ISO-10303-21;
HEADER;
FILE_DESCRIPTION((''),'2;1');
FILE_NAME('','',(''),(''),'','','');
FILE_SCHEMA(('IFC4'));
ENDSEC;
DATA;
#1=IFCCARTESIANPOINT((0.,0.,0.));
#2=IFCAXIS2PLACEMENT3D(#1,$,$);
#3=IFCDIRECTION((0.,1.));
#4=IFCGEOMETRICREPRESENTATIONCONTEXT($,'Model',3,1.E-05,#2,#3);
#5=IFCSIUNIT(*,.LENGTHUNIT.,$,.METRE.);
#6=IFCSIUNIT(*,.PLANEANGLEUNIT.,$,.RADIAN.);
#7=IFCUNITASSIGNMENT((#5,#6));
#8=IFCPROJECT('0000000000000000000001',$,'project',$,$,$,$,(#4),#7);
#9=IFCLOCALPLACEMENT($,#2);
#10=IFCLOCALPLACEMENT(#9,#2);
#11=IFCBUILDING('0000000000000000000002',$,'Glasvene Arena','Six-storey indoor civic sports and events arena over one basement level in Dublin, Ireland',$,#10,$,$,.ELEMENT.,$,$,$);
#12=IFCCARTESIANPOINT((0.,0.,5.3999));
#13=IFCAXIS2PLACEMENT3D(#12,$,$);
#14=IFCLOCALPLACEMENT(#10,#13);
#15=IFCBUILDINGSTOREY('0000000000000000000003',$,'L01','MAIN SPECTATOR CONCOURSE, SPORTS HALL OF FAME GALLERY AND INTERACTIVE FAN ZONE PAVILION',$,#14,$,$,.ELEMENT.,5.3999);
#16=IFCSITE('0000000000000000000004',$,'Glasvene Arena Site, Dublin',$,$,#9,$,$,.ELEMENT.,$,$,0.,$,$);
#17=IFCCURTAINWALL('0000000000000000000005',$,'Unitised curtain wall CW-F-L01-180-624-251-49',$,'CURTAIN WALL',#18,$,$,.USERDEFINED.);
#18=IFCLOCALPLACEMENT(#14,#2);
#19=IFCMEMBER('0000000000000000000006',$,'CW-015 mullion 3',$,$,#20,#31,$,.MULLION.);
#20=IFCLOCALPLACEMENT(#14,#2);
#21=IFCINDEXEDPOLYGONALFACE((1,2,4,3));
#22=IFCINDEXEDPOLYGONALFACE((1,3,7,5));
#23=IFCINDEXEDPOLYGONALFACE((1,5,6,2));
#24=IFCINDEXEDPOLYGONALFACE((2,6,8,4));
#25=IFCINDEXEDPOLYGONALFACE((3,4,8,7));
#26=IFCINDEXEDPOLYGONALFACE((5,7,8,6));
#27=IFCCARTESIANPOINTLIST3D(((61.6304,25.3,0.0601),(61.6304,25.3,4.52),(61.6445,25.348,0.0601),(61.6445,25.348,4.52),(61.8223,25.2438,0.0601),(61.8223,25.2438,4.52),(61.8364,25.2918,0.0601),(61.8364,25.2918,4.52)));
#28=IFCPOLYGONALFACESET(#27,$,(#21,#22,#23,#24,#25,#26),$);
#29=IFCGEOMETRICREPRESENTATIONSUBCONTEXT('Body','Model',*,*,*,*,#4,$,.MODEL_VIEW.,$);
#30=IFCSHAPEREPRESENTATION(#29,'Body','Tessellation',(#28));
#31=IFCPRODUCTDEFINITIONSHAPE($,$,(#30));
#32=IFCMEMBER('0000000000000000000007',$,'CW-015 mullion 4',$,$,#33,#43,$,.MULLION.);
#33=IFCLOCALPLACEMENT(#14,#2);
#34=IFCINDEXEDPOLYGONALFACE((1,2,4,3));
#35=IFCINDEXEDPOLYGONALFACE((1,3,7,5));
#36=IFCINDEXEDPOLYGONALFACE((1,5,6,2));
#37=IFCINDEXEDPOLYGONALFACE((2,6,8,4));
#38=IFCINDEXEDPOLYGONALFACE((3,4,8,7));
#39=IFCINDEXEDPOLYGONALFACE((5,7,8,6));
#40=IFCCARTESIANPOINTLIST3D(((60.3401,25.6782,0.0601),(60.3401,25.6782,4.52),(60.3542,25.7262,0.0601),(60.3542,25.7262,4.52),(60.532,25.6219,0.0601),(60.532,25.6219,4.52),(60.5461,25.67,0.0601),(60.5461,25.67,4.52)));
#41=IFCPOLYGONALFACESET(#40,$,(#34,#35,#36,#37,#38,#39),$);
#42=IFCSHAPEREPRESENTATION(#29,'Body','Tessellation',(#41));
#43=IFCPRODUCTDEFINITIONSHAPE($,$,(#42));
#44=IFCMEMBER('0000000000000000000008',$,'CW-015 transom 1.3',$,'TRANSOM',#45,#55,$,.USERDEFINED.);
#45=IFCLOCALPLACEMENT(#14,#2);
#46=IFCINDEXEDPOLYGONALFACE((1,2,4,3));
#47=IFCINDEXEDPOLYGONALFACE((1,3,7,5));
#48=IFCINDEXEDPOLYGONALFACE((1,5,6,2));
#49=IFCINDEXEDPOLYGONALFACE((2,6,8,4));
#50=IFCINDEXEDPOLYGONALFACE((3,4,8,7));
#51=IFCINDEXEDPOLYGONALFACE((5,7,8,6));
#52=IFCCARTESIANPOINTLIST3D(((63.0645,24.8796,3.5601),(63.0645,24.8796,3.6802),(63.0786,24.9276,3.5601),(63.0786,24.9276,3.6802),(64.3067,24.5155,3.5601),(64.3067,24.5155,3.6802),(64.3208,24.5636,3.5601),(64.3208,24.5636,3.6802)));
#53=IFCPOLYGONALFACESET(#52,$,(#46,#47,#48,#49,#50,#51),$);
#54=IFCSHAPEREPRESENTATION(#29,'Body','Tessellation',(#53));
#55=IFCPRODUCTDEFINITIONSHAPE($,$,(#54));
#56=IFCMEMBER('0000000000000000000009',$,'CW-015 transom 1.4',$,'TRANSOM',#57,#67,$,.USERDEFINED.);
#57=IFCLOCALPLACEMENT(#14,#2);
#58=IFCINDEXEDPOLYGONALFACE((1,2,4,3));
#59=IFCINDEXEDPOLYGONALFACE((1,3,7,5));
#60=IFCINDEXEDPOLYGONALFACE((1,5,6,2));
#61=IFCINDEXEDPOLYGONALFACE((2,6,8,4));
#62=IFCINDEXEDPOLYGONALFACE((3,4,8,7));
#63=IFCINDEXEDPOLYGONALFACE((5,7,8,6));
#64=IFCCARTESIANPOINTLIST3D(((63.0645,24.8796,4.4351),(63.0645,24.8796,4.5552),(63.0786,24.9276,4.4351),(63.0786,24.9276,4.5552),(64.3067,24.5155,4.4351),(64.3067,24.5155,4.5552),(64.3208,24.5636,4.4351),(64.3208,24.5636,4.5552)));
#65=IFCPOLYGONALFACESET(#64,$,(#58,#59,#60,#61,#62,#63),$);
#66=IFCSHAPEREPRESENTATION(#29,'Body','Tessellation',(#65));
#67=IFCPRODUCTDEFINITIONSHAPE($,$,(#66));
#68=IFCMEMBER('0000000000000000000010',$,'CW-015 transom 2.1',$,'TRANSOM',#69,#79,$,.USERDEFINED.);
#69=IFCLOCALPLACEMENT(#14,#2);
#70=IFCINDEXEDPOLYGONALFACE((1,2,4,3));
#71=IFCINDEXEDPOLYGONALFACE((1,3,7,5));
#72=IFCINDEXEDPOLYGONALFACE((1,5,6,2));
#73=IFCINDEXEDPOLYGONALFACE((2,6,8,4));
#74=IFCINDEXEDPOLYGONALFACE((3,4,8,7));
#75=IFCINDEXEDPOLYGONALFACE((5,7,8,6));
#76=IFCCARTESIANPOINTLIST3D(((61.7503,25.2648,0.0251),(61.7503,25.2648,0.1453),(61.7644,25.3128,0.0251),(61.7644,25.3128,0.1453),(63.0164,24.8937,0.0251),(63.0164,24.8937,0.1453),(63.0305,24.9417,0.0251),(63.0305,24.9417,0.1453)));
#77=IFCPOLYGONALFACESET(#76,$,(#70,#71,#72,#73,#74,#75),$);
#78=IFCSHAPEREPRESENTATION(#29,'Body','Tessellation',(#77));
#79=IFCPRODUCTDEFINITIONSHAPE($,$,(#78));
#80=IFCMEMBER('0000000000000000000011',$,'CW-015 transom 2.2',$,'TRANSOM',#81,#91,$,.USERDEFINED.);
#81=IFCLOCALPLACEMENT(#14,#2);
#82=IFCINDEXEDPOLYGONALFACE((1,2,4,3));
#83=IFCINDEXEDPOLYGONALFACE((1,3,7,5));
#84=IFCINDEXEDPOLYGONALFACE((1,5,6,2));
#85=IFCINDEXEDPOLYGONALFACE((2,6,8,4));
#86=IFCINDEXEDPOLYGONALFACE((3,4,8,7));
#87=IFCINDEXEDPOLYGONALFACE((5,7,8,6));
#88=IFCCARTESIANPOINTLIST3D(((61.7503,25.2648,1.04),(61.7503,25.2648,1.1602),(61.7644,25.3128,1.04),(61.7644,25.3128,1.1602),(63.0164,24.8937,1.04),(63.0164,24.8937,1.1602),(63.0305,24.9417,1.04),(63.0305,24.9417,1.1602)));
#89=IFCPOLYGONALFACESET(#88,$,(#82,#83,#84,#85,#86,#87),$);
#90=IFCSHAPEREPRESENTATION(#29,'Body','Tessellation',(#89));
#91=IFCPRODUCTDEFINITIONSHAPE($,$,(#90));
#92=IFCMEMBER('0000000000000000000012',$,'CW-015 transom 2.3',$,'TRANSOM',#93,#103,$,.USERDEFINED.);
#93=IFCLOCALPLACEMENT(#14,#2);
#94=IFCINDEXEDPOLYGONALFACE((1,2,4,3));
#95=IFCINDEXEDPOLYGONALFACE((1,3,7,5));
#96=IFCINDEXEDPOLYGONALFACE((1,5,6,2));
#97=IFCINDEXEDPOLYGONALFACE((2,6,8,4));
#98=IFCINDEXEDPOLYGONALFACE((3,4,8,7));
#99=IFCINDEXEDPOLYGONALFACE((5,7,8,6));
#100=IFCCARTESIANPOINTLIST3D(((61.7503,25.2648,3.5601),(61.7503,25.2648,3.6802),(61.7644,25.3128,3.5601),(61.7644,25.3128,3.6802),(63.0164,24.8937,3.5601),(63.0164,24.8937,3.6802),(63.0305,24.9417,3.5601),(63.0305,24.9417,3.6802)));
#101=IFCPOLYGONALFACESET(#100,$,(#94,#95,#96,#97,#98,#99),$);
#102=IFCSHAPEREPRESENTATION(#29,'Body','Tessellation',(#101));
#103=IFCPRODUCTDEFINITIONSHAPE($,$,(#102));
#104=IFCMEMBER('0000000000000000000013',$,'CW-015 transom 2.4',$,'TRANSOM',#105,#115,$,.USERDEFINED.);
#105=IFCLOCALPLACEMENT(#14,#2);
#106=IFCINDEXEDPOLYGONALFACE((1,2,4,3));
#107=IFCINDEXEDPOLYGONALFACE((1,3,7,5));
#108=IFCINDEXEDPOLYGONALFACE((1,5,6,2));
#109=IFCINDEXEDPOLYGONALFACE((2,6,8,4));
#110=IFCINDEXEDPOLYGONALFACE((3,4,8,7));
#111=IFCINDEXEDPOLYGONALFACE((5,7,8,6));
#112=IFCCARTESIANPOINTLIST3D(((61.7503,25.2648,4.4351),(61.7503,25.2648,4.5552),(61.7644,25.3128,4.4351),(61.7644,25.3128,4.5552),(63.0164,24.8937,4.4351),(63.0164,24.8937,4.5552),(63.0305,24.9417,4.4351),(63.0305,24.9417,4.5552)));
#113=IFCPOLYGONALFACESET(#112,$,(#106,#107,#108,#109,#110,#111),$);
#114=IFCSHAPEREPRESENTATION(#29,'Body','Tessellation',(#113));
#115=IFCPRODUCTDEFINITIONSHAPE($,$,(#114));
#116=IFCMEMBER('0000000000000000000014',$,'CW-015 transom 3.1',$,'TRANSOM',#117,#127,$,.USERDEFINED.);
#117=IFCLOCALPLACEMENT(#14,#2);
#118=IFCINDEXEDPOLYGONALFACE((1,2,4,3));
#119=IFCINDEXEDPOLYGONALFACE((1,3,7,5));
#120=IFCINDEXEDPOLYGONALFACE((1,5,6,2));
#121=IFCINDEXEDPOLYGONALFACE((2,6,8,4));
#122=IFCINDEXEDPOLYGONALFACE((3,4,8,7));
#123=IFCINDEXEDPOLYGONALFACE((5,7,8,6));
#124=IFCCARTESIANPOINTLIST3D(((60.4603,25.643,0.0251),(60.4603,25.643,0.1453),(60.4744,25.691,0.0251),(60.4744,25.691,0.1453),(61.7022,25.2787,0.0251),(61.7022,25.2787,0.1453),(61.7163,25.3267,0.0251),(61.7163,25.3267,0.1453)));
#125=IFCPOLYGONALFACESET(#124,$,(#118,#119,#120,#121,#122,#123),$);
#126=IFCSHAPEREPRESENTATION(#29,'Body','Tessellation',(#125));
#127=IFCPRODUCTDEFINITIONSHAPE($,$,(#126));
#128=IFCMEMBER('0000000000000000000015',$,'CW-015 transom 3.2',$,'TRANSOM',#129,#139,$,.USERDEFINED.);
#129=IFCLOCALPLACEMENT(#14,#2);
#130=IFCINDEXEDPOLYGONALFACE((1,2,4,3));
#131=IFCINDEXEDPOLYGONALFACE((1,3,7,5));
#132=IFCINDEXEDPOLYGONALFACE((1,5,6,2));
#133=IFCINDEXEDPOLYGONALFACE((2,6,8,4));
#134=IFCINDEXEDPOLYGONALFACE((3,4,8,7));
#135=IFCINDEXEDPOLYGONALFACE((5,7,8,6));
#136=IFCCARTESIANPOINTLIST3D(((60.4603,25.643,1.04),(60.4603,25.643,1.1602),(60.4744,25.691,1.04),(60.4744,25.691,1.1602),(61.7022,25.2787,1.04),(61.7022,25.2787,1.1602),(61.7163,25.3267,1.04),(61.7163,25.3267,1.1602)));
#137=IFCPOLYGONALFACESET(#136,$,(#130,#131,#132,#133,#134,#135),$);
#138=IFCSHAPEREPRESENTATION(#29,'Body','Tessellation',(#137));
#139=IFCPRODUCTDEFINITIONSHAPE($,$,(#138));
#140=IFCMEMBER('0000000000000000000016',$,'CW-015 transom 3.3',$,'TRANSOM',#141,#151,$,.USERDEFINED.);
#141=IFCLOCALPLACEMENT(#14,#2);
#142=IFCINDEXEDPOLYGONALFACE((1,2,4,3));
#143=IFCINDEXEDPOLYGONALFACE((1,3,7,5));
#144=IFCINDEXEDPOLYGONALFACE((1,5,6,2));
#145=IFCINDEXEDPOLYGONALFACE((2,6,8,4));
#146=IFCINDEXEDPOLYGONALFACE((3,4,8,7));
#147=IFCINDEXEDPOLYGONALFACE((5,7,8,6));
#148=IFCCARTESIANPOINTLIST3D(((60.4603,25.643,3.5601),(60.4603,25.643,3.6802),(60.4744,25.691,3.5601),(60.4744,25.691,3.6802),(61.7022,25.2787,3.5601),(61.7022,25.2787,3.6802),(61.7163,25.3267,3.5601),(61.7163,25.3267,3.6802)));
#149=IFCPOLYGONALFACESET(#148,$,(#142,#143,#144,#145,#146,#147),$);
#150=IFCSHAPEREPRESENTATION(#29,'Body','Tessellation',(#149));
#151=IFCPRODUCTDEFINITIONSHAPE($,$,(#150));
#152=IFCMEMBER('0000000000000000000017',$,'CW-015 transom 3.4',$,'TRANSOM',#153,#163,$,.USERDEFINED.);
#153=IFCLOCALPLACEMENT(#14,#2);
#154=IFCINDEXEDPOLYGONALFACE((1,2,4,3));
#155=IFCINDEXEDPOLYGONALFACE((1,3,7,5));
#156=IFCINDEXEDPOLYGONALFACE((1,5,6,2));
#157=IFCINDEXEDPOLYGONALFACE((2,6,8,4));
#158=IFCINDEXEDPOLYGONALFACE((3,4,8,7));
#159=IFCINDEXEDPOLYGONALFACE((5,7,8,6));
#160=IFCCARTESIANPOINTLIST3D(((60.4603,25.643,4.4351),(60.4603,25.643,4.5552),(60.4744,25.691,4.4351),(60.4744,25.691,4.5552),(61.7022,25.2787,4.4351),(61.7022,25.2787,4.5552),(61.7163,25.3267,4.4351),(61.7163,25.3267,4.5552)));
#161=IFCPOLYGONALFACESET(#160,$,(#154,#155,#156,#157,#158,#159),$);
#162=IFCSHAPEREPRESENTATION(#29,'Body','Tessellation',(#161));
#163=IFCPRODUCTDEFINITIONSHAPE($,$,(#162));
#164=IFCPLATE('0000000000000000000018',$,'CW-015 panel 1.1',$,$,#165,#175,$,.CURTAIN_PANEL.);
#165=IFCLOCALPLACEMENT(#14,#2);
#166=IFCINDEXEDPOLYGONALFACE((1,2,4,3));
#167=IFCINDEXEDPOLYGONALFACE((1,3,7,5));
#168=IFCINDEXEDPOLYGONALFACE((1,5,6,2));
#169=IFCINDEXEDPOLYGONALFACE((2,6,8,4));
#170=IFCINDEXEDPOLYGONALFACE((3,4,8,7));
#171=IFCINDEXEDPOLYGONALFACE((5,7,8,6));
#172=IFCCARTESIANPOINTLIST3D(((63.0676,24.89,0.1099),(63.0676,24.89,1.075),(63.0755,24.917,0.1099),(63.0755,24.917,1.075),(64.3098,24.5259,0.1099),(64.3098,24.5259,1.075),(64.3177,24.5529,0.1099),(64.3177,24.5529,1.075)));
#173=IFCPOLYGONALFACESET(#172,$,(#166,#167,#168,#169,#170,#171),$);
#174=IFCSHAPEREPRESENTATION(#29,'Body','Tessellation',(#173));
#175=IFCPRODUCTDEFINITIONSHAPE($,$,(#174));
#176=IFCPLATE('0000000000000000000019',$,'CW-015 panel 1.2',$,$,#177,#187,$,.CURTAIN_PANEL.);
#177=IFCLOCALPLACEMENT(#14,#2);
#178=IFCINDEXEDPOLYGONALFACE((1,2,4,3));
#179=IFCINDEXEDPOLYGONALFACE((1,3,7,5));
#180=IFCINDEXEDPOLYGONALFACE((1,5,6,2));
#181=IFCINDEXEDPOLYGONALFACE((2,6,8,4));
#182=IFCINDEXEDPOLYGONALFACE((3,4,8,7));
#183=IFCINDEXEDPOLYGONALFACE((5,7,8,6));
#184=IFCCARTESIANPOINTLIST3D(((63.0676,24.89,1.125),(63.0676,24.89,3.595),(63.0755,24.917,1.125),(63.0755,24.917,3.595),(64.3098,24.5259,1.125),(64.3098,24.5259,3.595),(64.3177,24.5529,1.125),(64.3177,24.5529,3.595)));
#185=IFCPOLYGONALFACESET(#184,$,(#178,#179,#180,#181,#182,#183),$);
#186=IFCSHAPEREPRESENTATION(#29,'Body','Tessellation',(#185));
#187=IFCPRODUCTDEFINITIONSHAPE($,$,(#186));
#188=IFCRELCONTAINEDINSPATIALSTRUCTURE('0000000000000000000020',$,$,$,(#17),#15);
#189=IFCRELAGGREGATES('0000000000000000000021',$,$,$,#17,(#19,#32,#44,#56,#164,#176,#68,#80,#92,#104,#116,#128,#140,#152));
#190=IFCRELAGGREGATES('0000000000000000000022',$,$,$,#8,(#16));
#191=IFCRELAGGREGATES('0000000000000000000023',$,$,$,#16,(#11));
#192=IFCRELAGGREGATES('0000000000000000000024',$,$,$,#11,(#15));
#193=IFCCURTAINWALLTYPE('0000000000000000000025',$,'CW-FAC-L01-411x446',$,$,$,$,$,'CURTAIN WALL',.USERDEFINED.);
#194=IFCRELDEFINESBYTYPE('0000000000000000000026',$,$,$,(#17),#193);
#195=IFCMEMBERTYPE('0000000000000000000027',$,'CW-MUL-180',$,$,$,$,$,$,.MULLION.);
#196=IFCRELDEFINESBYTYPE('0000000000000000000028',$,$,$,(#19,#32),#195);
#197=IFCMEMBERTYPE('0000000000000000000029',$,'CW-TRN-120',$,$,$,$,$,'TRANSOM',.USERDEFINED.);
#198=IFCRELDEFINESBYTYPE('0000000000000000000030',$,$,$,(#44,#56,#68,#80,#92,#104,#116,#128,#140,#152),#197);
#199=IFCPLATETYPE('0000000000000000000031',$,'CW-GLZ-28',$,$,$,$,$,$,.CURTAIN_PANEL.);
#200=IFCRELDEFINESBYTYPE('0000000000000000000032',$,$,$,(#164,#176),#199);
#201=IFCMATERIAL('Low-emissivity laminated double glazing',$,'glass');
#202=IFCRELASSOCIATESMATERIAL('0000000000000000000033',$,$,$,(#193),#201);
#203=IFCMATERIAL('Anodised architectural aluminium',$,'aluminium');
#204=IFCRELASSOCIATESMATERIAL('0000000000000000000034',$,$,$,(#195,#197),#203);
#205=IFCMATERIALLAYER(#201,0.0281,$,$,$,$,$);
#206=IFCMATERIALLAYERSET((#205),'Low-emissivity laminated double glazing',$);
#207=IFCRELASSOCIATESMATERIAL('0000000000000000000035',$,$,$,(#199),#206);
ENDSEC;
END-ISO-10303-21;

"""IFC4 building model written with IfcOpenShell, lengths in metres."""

from ifc_helpers import new_model, si_unit, direction, frame, origin, origin_2d, place, context, subcontext, project, spatial, rectangle, extrude, material, layer, layer_set, material_profile, profile_set, type_object, element, aggregate, save


model = new_model("IFC4")

# Units and contexts
model_context = context("Model", 3, precision=1e-05, world=origin(), true_north=direction((0.0, 1.0)))
body_context = subcontext(model_context, "Body", "Model", "MODEL_VIEW")
ifc_project = project(units=[si_unit("LENGTHUNIT", "METRE"), si_unit("PLANEANGLEUNIT", "RADIAN")], contexts=[model_context])

# Site, building, storey
site_placement = place(None, origin())
site = spatial("IfcSite", under=ifc_project, at=site_placement, Name="Glasvene Arena Site, Dublin", CompositionType="ELEMENT", RefElevation=0.0)
building_placement = place(site_placement, origin())
building = spatial("IfcBuilding", under=site, at=building_placement, Name="Glasvene Arena", Description="Six-storey indoor civic sports and events arena over one basement level in Dublin, Ireland", CompositionType="ELEMENT")
storey_placement = place(building_placement, frame((0.0, 0.0, 5.3999)))
storey = spatial("IfcBuildingStorey", under=building, at=storey_placement, Name="L01", Description="MAIN SPECTATOR CONCOURSE, SPORTS HALL OF FAME GALLERY AND INTERACTIVE FAN ZONE PAVILION", CompositionType="ELEMENT", Elevation=5.3999)

# Curtain wall, members, plates
ifc_material_1 = material(Name="Low-emissivity laminated double glazing", Category="glass")
curtain_wall_type = type_object("IfcCurtainWallType", Name="CW-FAC-L01-411x446", ElementType="CURTAIN WALL", PredefinedType="USERDEFINED", material=ifc_material_1)
curtain_wall_placement = place(storey_placement, frame((64.3616, 24.5254, 0.0)))
curtain_wall = element("IfcCurtainWall", 1, at=curtain_wall_placement, inside=storey, type_object=curtain_wall_type, Name="Unitised curtain wall CW-F-L01-180-624-251-49", ObjectType="CURTAIN WALL", PredefinedType="USERDEFINED")
ifc_material_2 = material(Name="Anodised architectural aluminium", Category="aluminium")
ifc_material_profile_1 = material_profile(ifc_material_2, rectangle(XDim=0.05, YDim=0.2, at=origin_2d()), Name="ALU MULLION 50x200")
ifc_profile_set_1 = profile_set([ifc_material_profile_1], Name="Anodised architectural aluminium")
member_type_1 = type_object("IfcMemberType", Name="CW-MUL-180", PredefinedType="MULLION", material=ifc_profile_set_1)
member_1_placement = place(storey_placement, frame((61.7334, 25.2959, 0.0601), z_axis=(0.0, 0.0, 1.0), x_axis=(-0.281286, -0.959624, 0.0)))
member_1 = element("IfcMember", 2, at=member_1_placement, type_object=member_type_1, Name="CW-015 mullion 3", PredefinedType="MULLION", context=body_context, shape_type="SweptSolid", body=[
    extrude(rectangle(XDim=0.05, YDim=0.2, at=origin_2d()), origin(), (0.0, 0.0, 1.0), 4.46),
])
member_2_placement = place(storey_placement, frame((60.4431, 25.6741, 0.0601), z_axis=(0.0, 0.0, 1.0), x_axis=(-0.281286, -0.959624, 0.0)))
member_2 = element("IfcMember", 3, at=member_2_placement, type_object=member_type_1, Name="CW-015 mullion 4", PredefinedType="MULLION", context=body_context, shape_type="SweptSolid", body=[
    extrude(rectangle(XDim=0.05, YDim=0.2, at=origin_2d()), origin(), (0.0, 0.0, 1.0), 4.46),
])
ifc_material_profile_2 = material_profile(ifc_material_2, rectangle(XDim=0.05, YDim=0.1201, at=origin_2d()), Name="ALU TRANSOM 50x120")
ifc_profile_set_2 = profile_set([ifc_material_profile_2], Name="Anodised architectural aluminium")
member_type_2 = type_object("IfcMemberType", Name="CW-TRN-120", ElementType="TRANSOM", PredefinedType="USERDEFINED", material=ifc_profile_set_2)
member_3_placement = place(storey_placement, frame((64.3137, 24.5396, 3.6201), z_axis=(-0.959644, 0.281217, 0.0), x_axis=(-0.281217, -0.959644, 0.0)))
member_3 = element("IfcMember", 4, at=member_3_placement, type_object=member_type_2, Name="CW-015 transom 1.3", ObjectType="TRANSOM", PredefinedType="USERDEFINED", context=body_context, shape_type="SweptSolid", body=[
    extrude(rectangle(XDim=0.05, YDim=0.1201, at=origin_2d()), origin(), (0.0, 0.0, 1.0), 1.2944),
])
member_4_placement = place(storey_placement, frame((64.3137, 24.5396, 4.4951), z_axis=(-0.959644, 0.281217, 0.0), x_axis=(-0.281217, -0.959644, 0.0)))
member_4 = element("IfcMember", 5, at=member_4_placement, type_object=member_type_2, Name="CW-015 transom 1.4", ObjectType="TRANSOM", PredefinedType="USERDEFINED", context=body_context, shape_type="SweptSolid", body=[
    extrude(rectangle(XDim=0.05, YDim=0.1201, at=origin_2d()), origin(), (0.0, 0.0, 1.0), 1.2944),
])
member_5_placement = place(storey_placement, frame((63.0234, 24.9177, 0.0852), z_axis=(-0.95963, 0.281265, 0.0), x_axis=(-0.281265, -0.95963, 0.0)))
member_5 = element("IfcMember", 6, at=member_5_placement, type_object=member_type_2, Name="CW-015 transom 2.1", ObjectType="TRANSOM", PredefinedType="USERDEFINED", context=body_context, shape_type="SweptSolid", body=[
    extrude(rectangle(XDim=0.05, YDim=0.1201, at=origin_2d()), origin(), (0.0, 0.0, 1.0), 1.3193),
])
member_6_placement = place(storey_placement, frame((63.0234, 24.9177, 1.1001), z_axis=(-0.95963, 0.281265, 0.0), x_axis=(-0.281265, -0.95963, 0.0)))
member_6 = element("IfcMember", 7, at=member_6_placement, type_object=member_type_2, Name="CW-015 transom 2.2", ObjectType="TRANSOM", PredefinedType="USERDEFINED", context=body_context, shape_type="SweptSolid", body=[
    extrude(rectangle(XDim=0.05, YDim=0.1201, at=origin_2d()), origin(), (0.0, 0.0, 1.0), 1.3193),
])
member_7_placement = place(storey_placement, frame((63.0234, 24.9177, 3.6201), z_axis=(-0.95963, 0.281265, 0.0), x_axis=(-0.281265, -0.95963, 0.0)))
member_7 = element("IfcMember", 8, at=member_7_placement, type_object=member_type_2, Name="CW-015 transom 2.3", ObjectType="TRANSOM", PredefinedType="USERDEFINED", context=body_context, shape_type="SweptSolid", body=[
    extrude(rectangle(XDim=0.05, YDim=0.1201, at=origin_2d()), origin(), (0.0, 0.0, 1.0), 1.3193),
])
member_8_placement = place(storey_placement, frame((63.0234, 24.9177, 4.4951), z_axis=(-0.95963, 0.281265, 0.0), x_axis=(-0.281265, -0.95963, 0.0)))
member_8 = element("IfcMember", 9, at=member_8_placement, type_object=member_type_2, Name="CW-015 transom 2.4", ObjectType="TRANSOM", PredefinedType="USERDEFINED", context=body_context, shape_type="SweptSolid", body=[
    extrude(rectangle(XDim=0.05, YDim=0.1201, at=origin_2d()), origin(), (0.0, 0.0, 1.0), 1.3193),
])
member_9_placement = place(storey_placement, frame((61.7092, 25.3027, 0.0852), z_axis=(-0.959578, 0.281441, 0.0), x_axis=(-0.281441, -0.959578, 0.0)))
member_9 = element("IfcMember", 10, at=member_9_placement, type_object=member_type_2, Name="CW-015 transom 3.1", ObjectType="TRANSOM", PredefinedType="USERDEFINED", context=body_context, shape_type="SweptSolid", body=[
    extrude(rectangle(XDim=0.05, YDim=0.1201, at=origin_2d()), origin(), (0.0, 0.0, 1.0), 1.2942),
])
member_10_placement = place(storey_placement, frame((61.7092, 25.3027, 1.1001), z_axis=(-0.959578, 0.281441, 0.0), x_axis=(-0.281441, -0.959578, 0.0)))
member_10 = element("IfcMember", 11, at=member_10_placement, type_object=member_type_2, Name="CW-015 transom 3.2", ObjectType="TRANSOM", PredefinedType="USERDEFINED", context=body_context, shape_type="SweptSolid", body=[
    extrude(rectangle(XDim=0.05, YDim=0.1201, at=origin_2d()), origin(), (0.0, 0.0, 1.0), 1.2942),
])
member_11_placement = place(storey_placement, frame((61.7092, 25.3027, 3.6201), z_axis=(-0.959578, 0.281441, 0.0), x_axis=(-0.281441, -0.959578, 0.0)))
member_11 = element("IfcMember", 12, at=member_11_placement, type_object=member_type_2, Name="CW-015 transom 3.3", ObjectType="TRANSOM", PredefinedType="USERDEFINED", context=body_context, shape_type="SweptSolid", body=[
    extrude(rectangle(XDim=0.05, YDim=0.1201, at=origin_2d()), origin(), (0.0, 0.0, 1.0), 1.2942),
])
member_12_placement = place(storey_placement, frame((61.7092, 25.3027, 4.4951), z_axis=(-0.959578, 0.281441, 0.0), x_axis=(-0.281441, -0.959578, 0.0)))
member_12 = element("IfcMember", 13, at=member_12_placement, type_object=member_type_2, Name="CW-015 transom 3.4", ObjectType="TRANSOM", PredefinedType="USERDEFINED", context=body_context, shape_type="SweptSolid", body=[
    extrude(rectangle(XDim=0.05, YDim=0.1201, at=origin_2d()), origin(), (0.0, 0.0, 1.0), 1.2942),
])
ifc_layer_1 = layer(ifc_material_1, 0.0281)
ifc_layer_set_1 = layer_set([ifc_layer_1], Name="Low-emissivity laminated double glazing")
plate_type = type_object("IfcPlateType", Name="CW-GLZ-28", PredefinedType="CURTAIN_PANEL", material=ifc_layer_set_1)
plate_1_placement = place(storey_placement, frame((63.6926, 24.7214, 0.1099), z_axis=(0.0, 0.0, 1.0), x_axis=(-0.959624, 0.281286, 0.0)))
plate_1 = element("IfcPlate", 14, at=plate_1_placement, type_object=plate_type, Name="CW-015 panel 1.1", PredefinedType="CURTAIN_PANEL", context=body_context, shape_type="SweptSolid", body=[
    extrude(rectangle(XDim=1.2944, YDim=0.0281, at=origin_2d()), origin(), (0.0, 0.0, 1.0), 0.9651),
])
plate_2_placement = place(storey_placement, frame((63.6926, 24.7214, 1.125), z_axis=(0.0, 0.0, 1.0), x_axis=(-0.959624, 0.281286, 0.0)))
plate_2 = element("IfcPlate", 15, at=plate_2_placement, type_object=plate_type, Name="CW-015 panel 1.2", PredefinedType="CURTAIN_PANEL", context=body_context, shape_type="SweptSolid", body=[
    extrude(rectangle(XDim=1.2944, YDim=0.0281, at=origin_2d()), origin(), (0.0, 0.0, 1.0), 2.47),
])
aggregate(curtain_wall, [member_1, member_2, member_3, member_4, plate_1, plate_2, member_5, member_6, member_7, member_8, member_9, member_10, member_11, member_12])

save(model, "model.ifc")
